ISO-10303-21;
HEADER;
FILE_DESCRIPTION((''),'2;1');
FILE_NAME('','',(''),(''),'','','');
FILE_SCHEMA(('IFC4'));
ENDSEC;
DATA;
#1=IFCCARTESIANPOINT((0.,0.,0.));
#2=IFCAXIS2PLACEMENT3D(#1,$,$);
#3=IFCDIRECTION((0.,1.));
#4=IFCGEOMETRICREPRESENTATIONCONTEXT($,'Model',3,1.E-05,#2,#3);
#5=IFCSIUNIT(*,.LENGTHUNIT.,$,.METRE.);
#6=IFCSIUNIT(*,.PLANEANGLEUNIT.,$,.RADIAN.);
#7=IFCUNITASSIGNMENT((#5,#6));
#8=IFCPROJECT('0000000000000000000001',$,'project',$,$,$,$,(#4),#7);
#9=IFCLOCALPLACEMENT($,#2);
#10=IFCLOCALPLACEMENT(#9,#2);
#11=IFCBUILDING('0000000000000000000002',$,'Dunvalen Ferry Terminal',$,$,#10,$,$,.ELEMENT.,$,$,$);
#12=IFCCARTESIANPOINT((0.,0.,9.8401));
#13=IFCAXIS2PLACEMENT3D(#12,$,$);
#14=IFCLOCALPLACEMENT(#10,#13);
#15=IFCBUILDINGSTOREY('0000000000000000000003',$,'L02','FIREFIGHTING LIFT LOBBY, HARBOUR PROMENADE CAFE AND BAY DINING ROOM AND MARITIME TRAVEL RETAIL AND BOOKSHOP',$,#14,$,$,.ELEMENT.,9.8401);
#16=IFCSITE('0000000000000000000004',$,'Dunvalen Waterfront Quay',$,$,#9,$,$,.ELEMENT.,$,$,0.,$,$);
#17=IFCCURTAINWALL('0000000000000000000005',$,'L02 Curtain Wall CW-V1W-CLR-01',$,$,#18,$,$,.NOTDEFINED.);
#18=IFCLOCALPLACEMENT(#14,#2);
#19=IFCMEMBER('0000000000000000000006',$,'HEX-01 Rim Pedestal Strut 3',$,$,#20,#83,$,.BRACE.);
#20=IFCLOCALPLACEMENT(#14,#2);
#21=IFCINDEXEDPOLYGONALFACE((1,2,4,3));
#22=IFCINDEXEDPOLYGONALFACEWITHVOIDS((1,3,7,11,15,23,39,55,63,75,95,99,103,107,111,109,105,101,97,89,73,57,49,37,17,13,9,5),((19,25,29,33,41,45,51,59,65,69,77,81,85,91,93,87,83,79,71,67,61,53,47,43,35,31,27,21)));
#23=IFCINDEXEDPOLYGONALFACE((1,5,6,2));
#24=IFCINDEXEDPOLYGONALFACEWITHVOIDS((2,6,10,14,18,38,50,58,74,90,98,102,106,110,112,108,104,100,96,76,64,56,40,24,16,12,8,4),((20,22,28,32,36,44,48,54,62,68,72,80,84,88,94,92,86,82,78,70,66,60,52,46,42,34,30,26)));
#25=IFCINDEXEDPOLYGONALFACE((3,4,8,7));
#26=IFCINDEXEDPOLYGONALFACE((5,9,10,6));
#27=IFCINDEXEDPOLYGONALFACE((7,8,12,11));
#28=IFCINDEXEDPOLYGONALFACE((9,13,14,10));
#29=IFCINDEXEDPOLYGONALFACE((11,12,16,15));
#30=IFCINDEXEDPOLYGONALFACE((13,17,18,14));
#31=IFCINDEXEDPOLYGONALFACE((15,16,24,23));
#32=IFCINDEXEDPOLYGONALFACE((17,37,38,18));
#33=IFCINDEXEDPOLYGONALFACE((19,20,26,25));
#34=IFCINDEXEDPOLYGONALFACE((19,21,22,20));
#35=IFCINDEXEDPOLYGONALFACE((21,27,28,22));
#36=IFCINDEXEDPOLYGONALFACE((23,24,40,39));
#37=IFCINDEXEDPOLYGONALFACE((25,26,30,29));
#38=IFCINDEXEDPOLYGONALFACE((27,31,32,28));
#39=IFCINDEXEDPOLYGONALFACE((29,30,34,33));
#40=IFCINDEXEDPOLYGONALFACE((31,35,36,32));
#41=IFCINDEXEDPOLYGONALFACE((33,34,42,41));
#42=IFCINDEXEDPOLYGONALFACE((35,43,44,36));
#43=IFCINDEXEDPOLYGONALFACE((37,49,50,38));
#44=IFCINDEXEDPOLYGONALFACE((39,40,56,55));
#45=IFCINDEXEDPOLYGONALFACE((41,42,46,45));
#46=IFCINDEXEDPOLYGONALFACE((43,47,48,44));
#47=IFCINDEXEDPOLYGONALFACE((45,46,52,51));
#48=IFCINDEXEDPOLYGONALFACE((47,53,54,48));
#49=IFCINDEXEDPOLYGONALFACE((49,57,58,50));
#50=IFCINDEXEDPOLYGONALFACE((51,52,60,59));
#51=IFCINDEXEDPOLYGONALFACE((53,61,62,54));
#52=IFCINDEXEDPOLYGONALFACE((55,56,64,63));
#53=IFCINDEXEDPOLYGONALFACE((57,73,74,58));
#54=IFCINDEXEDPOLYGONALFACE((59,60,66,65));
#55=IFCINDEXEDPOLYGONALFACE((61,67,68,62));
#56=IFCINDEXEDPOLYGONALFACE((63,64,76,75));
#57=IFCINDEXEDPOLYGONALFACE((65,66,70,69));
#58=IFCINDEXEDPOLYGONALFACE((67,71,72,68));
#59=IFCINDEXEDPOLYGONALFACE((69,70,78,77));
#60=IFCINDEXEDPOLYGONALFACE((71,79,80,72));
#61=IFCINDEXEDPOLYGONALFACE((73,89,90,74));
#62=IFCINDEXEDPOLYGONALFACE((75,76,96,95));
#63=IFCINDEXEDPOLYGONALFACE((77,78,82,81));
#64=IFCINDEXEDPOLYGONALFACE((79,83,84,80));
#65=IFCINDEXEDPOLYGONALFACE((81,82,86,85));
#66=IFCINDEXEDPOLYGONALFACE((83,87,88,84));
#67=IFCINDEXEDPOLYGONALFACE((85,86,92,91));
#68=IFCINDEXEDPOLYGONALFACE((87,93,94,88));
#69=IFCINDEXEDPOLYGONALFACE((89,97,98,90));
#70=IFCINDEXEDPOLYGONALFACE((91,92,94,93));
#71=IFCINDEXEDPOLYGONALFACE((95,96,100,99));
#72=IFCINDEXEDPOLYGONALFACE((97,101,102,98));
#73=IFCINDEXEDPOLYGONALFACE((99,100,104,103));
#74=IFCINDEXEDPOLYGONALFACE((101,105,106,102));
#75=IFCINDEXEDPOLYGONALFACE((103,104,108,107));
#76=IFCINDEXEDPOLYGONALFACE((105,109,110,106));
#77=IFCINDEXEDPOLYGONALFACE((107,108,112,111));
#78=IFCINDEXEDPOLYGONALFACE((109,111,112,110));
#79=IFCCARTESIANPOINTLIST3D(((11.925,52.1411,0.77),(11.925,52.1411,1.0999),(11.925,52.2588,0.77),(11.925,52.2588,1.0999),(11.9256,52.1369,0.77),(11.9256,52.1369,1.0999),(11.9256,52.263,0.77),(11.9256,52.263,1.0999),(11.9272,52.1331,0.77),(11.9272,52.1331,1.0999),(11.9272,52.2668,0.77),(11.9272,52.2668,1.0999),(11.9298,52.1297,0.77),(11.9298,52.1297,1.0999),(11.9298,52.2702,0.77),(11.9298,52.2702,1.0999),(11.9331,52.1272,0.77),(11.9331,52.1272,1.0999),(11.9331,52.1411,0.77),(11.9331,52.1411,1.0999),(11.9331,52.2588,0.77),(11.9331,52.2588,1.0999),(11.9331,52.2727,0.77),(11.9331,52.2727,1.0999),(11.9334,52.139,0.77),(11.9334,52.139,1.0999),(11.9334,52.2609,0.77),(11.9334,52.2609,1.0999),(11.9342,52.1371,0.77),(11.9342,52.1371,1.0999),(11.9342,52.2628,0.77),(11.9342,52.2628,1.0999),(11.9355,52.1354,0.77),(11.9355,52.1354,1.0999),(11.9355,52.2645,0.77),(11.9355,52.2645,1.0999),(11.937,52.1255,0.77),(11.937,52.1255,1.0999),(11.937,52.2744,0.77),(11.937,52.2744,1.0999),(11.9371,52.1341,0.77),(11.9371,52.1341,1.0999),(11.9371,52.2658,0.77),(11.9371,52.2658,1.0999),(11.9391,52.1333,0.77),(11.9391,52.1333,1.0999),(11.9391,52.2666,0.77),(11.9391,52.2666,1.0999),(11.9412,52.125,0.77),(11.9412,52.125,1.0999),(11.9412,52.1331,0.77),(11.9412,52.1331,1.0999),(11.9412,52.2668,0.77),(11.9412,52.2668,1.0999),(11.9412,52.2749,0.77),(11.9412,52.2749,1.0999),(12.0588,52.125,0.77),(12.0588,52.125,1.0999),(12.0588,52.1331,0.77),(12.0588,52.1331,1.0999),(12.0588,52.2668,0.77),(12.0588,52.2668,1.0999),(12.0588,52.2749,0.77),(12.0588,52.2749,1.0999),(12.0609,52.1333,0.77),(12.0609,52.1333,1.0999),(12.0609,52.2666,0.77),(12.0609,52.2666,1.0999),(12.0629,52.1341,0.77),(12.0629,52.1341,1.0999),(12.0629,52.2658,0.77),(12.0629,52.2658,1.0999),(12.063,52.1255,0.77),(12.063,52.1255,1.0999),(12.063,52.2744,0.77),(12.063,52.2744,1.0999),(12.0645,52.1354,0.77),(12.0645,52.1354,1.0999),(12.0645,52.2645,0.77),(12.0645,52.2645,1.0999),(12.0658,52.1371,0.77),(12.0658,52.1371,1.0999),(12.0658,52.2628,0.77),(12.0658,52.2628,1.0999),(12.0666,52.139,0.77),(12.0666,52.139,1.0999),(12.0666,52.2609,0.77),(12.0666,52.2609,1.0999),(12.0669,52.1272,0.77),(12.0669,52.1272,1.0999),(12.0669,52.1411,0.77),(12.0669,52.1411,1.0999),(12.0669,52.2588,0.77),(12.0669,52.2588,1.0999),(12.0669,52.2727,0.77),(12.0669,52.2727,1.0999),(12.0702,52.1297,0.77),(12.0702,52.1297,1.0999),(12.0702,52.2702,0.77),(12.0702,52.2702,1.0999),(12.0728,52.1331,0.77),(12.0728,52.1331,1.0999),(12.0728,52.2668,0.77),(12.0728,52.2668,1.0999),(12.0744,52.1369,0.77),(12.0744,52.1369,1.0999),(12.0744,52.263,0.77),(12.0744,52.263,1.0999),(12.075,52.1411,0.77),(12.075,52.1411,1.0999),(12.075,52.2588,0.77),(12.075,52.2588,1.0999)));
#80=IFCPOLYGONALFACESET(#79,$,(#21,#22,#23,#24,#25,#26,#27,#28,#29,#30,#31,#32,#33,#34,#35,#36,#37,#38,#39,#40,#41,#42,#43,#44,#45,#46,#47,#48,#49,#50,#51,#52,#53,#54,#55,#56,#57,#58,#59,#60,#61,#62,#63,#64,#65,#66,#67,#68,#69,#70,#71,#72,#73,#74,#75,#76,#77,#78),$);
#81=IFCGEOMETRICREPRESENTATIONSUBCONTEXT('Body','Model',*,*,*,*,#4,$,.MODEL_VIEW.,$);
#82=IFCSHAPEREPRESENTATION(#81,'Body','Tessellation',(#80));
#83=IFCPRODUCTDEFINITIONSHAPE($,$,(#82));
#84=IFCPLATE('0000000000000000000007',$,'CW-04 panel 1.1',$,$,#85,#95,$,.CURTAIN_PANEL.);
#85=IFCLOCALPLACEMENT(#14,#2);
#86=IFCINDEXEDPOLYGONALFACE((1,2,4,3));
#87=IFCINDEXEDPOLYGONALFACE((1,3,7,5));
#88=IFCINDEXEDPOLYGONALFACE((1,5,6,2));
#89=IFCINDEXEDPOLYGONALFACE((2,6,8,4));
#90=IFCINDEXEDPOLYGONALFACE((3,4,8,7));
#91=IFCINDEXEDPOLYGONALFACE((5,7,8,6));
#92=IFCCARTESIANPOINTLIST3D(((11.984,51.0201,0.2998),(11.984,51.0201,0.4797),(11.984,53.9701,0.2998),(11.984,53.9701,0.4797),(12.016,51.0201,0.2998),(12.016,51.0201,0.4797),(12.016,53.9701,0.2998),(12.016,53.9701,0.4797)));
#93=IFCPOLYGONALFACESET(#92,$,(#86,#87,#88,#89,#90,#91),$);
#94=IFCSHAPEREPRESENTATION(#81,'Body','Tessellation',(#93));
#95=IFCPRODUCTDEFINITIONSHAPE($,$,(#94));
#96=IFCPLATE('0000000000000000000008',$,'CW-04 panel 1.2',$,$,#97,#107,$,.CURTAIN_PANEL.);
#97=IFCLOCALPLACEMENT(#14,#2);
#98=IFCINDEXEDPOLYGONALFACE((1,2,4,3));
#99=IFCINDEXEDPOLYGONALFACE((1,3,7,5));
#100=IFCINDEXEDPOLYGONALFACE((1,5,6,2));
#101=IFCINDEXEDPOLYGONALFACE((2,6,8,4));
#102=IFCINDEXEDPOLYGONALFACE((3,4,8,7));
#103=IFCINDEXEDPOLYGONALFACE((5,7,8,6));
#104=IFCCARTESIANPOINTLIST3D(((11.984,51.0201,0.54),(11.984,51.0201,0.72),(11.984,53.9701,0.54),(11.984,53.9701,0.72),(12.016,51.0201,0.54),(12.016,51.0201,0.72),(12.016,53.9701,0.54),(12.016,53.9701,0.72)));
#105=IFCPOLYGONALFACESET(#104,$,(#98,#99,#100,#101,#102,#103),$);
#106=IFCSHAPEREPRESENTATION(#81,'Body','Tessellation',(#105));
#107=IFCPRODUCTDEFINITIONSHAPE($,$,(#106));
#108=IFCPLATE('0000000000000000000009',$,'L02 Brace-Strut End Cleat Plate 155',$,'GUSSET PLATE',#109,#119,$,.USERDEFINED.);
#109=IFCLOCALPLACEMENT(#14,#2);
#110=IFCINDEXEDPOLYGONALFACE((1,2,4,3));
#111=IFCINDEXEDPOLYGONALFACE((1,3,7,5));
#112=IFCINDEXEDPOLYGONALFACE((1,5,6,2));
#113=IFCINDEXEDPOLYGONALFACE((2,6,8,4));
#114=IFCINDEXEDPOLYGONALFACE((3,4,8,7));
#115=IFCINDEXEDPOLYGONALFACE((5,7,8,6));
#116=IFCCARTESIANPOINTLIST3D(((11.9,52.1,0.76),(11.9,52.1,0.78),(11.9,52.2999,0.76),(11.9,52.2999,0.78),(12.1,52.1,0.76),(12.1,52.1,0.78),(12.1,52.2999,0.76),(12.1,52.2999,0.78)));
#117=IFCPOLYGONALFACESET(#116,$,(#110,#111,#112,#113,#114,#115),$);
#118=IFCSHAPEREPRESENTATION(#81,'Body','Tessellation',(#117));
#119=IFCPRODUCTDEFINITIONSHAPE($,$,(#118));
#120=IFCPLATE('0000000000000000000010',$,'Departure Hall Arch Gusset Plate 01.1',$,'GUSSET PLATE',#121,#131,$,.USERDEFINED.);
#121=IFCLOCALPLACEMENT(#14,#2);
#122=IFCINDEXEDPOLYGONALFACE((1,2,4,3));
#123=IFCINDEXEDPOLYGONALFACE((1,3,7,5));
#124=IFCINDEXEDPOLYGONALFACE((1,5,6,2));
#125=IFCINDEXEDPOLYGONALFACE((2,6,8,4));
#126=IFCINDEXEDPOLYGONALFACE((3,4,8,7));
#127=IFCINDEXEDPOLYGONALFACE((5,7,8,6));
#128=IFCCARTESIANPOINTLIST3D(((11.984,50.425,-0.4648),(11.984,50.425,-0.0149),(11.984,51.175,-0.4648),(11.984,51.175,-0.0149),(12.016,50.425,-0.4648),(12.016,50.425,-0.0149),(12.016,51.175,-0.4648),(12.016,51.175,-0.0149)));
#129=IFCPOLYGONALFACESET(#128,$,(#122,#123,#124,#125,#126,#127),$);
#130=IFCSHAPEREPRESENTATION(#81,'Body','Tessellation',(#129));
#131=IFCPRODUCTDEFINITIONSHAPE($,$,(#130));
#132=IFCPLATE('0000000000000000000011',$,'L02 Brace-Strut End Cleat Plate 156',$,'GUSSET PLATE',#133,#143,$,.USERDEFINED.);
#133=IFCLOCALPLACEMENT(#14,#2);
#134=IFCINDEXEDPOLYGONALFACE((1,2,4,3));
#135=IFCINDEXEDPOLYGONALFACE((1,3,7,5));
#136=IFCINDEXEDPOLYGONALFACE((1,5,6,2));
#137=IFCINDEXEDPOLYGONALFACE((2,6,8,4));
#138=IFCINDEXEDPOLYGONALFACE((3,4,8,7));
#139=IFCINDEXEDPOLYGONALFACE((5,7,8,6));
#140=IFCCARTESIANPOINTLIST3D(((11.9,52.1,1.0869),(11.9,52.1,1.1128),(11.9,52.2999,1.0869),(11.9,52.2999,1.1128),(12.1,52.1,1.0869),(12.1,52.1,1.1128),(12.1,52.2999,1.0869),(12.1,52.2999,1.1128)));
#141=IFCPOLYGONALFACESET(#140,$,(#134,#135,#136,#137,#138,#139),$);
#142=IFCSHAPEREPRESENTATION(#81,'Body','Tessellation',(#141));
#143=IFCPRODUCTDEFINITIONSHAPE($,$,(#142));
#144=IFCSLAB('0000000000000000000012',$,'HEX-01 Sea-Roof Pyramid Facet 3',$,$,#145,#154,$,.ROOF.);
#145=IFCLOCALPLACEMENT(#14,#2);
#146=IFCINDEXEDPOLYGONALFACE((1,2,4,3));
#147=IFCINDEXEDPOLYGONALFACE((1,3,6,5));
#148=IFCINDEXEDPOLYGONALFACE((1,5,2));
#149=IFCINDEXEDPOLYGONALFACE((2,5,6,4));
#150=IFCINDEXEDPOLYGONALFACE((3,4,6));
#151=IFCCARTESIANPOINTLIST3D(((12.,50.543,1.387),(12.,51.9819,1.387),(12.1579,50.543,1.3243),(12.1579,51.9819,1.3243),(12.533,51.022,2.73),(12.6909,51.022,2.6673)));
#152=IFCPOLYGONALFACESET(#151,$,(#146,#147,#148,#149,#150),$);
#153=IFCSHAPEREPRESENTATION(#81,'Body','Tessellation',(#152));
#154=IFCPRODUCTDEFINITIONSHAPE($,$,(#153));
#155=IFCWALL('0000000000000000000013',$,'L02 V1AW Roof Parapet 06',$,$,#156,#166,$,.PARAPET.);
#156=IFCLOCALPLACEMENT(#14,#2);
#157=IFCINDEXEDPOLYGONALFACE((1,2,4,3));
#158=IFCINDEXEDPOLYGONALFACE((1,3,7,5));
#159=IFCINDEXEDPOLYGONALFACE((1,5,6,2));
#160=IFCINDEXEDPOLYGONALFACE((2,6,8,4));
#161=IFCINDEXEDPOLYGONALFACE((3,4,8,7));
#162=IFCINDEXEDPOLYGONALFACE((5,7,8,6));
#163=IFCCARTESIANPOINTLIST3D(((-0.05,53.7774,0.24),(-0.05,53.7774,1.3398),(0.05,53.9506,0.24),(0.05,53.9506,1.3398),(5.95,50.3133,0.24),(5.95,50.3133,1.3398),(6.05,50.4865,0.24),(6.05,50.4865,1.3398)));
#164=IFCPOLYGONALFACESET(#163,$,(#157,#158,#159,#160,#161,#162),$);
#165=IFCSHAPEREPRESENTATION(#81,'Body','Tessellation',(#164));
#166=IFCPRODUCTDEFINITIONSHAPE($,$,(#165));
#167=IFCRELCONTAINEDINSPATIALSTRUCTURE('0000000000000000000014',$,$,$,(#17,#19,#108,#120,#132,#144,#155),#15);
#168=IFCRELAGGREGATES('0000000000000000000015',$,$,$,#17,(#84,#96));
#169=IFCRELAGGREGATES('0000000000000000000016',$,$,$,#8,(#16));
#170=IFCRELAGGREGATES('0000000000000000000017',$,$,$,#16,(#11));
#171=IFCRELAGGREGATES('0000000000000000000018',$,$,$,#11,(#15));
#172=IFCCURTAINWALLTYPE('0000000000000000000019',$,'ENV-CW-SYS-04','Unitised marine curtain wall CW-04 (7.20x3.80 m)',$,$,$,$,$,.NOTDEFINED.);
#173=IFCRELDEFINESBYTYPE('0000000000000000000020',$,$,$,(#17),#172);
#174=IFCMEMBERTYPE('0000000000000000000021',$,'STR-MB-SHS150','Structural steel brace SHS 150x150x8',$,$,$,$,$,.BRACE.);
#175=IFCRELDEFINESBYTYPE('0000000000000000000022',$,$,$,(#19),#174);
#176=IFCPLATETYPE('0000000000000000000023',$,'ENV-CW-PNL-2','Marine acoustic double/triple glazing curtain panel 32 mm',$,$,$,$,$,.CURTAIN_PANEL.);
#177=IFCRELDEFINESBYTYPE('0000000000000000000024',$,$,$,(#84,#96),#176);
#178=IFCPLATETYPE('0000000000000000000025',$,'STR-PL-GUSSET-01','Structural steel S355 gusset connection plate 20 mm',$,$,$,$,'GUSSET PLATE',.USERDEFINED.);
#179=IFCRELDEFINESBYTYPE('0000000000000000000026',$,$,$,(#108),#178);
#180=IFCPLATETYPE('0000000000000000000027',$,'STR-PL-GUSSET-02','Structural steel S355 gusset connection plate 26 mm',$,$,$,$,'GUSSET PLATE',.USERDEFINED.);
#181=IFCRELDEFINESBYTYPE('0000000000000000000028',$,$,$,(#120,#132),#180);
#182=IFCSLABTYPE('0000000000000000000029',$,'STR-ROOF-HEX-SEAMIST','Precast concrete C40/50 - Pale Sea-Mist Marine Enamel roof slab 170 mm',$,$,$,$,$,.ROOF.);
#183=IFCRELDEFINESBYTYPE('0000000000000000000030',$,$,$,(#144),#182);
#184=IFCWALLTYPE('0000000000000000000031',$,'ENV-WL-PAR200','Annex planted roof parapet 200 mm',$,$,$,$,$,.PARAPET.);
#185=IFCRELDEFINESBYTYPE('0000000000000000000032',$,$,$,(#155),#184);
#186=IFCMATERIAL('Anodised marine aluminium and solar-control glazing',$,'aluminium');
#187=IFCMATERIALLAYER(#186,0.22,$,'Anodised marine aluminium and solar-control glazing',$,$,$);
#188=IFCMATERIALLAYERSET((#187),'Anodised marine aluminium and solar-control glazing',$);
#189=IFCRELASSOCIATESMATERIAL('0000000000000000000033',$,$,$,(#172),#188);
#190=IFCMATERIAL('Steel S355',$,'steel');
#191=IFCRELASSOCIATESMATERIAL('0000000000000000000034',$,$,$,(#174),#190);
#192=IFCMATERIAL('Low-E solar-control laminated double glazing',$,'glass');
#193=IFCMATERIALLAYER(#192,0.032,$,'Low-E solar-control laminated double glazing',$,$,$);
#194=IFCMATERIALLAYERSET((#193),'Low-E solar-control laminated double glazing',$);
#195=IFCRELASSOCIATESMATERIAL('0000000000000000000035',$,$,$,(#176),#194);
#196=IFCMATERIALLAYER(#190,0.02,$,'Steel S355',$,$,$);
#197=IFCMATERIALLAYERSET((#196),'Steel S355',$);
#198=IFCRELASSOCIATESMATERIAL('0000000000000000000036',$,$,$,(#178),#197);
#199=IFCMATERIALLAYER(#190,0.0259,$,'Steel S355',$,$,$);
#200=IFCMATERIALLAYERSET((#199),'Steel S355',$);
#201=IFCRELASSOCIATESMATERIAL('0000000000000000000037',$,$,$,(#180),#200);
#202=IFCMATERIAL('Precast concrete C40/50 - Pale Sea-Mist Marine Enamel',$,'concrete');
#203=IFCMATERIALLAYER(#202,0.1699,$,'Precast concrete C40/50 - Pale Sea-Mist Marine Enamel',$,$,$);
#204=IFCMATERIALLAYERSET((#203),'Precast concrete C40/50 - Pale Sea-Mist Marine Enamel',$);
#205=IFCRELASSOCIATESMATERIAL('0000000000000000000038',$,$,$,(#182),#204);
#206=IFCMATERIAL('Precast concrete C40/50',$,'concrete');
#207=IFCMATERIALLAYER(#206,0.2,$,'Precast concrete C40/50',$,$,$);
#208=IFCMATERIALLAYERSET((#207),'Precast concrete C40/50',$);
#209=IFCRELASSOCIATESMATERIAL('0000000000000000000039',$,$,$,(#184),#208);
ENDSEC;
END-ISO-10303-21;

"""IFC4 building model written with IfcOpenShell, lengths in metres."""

from ifc_helpers import new_model, si_unit, direction, frame, frame_2d, origin, origin_2d, place, context, subcontext, project, spatial, polyline, rectangle, hollow_rectangle, outline, extrude, material, layer, layer_set, material_profile, profile_set, type_object, element, aggregate, save


model = new_model("IFC4")

# Units and contexts
model_context = context("Model", 3, precision=1e-05, world=origin(), true_north=direction((0.0, 1.0)))
body_context = subcontext(model_context, "Body", "Model", "MODEL_VIEW")
ifc_project = project(units=[si_unit("LENGTHUNIT", "METRE"), si_unit("PLANEANGLEUNIT", "RADIAN")], contexts=[model_context])

# Site, building, storey
site_placement = place(None, origin())
site = spatial("IfcSite", under=ifc_project, at=site_placement, Name="Dunvalen Waterfront Quay", CompositionType="ELEMENT", RefElevation=0.0)
building_placement = place(site_placement, origin())
building = spatial("IfcBuilding", under=site, at=building_placement, Name="Dunvalen Ferry Terminal", CompositionType="ELEMENT")
storey_placement = place(building_placement, frame((0.0, 0.0, 9.8401)))
storey = spatial("IfcBuildingStorey", under=building, at=storey_placement, Name="L02", Description="FIREFIGHTING LIFT LOBBY, HARBOUR PROMENADE CAFE AND BAY DINING ROOM AND MARITIME TRAVEL RETAIL AND BOOKSHOP", CompositionType="ELEMENT", Elevation=9.8401)

# Curtain wall
ifc_material_1 = material(Name="Anodised marine aluminium and solar-control glazing", Category="aluminium")
ifc_layer_1 = layer(ifc_material_1, 0.22, Name="Anodised marine aluminium and solar-control glazing")
ifc_layer_set_1 = layer_set([ifc_layer_1], Name="Anodised marine aluminium and solar-control glazing")
curtain_wall_type = type_object("IfcCurtainWallType", Name="ENV-CW-SYS-04", Description="Unitised marine curtain wall CW-04 (7.20x3.80 m)", PredefinedType="NOTDEFINED", material=ifc_layer_set_1)
curtain_wall_placement = place(storey_placement, origin())
curtain_wall = element("IfcCurtainWall", 1, at=curtain_wall_placement, inside=storey, type_object=curtain_wall_type, Name="L02 Curtain Wall CW-V1W-CLR-01", PredefinedType="NOTDEFINED")

# Shared definitions
ifc_material_2 = material(Name="Steel S355", Category="steel")

# Member
ifc_material_profile_1 = material_profile(ifc_material_2, hollow_rectangle(XDim=0.1499, YDim=0.1499, WallThickness=0.0081, InnerFilletRadius=0.0081, OuterFilletRadius=0.0161, at=origin_2d()), Name="Steel S355")
ifc_profile_set_1 = profile_set([ifc_material_profile_1], Name="Steel S355")
member_type_1 = type_object("IfcMemberType", Name="STR-MB-SHS150", Description="Structural steel brace SHS 150x150x8", PredefinedType="BRACE", material=ifc_profile_set_1)
member_1_placement = place(storey_placement, frame((12.0, 52.2, 0.77), z_axis=(0.0, 0.0, 1.0), x_axis=(1.0, 0.0, 0.0)))
element("IfcMember", 2, at=member_1_placement, inside=storey, type_object=member_type_1, Name="HEX-01 Rim Pedestal Strut 3", PredefinedType="BRACE", context=body_context, shape_type="SweptSolid", body=[
    extrude(hollow_rectangle(XDim=0.1499, YDim=0.1499, WallThickness=0.0081, InnerFilletRadius=0.0081, OuterFilletRadius=0.0161, at=origin_2d()), origin(), (0.0, 0.0, 1.0), 0.3298),
])

# Plates
ifc_material_3 = material(Name="Low-E solar-control laminated double glazing", Category="glass")
ifc_layer_2 = layer(ifc_material_3, 0.032, Name="Low-E solar-control laminated double glazing")
ifc_layer_set_2 = layer_set([ifc_layer_2], Name="Low-E solar-control laminated double glazing")
plate_type_1 = type_object("IfcPlateType", Name="ENV-CW-PNL-2", Description="Marine acoustic double/triple glazing curtain panel 32 mm", PredefinedType="CURTAIN_PANEL", material=ifc_layer_set_2)
plate_1_placement = place(storey_placement, frame((12.0, 52.4951, 0.2998), z_axis=(0.0, 0.0, 1.0), x_axis=(0.0, 1.0, 0.0)))
plate_1 = element("IfcPlate", 3, at=plate_1_placement, type_object=plate_type_1, Name="CW-04 panel 1.1", PredefinedType="CURTAIN_PANEL", context=body_context, shape_type="SweptSolid", body=[
    extrude(rectangle(XDim=2.95, YDim=0.032, at=origin_2d()), origin(), (0.0, 0.0, 1.0), 0.1799),
])
plate_2_placement = place(storey_placement, frame((12.0, 52.4951, 0.54), z_axis=(0.0, 0.0, 1.0), x_axis=(0.0, 1.0, 0.0)))
plate_2 = element("IfcPlate", 4, at=plate_2_placement, type_object=plate_type_1, Name="CW-04 panel 1.2", PredefinedType="CURTAIN_PANEL", context=body_context, shape_type="SweptSolid", body=[
    extrude(rectangle(XDim=2.95, YDim=0.032, at=origin_2d()), origin(), (0.0, 0.0, 1.0), 0.1799),
])
aggregate(curtain_wall, [plate_1, plate_2])

# Plates
ifc_layer_3 = layer(ifc_material_2, 0.02, Name="Steel S355")
ifc_layer_set_3 = layer_set([ifc_layer_3], Name="Steel S355")
plate_type_2 = type_object("IfcPlateType", Name="STR-PL-GUSSET-01", Description="Structural steel S355 gusset connection plate 20 mm", ElementType="GUSSET PLATE", PredefinedType="USERDEFINED", material=ifc_layer_set_3)
plate_3_placement = place(storey_placement, frame((12.0, 52.2, 0.76), z_axis=(0.0, 0.0, 1.0), x_axis=(1.0, 0.0, 0.0)))
element("IfcPlate", 5, at=plate_3_placement, inside=storey, type_object=plate_type_2, Name="L02 Brace-Strut End Cleat Plate 155", ObjectType="GUSSET PLATE", PredefinedType="USERDEFINED", context=body_context, shape_type="SweptSolid", body=[
    extrude(rectangle(XDim=0.2, YDim=0.2, at=origin_2d()), origin(), (0.0, 0.0, 1.0), 0.02),
])
ifc_layer_4 = layer(ifc_material_2, 0.0259, Name="Steel S355")
ifc_layer_set_4 = layer_set([ifc_layer_4], Name="Steel S355")
plate_type_3 = type_object("IfcPlateType", Name="STR-PL-GUSSET-02", Description="Structural steel S355 gusset connection plate 26 mm", ElementType="GUSSET PLATE", PredefinedType="USERDEFINED", material=ifc_layer_set_4)
plate_4_placement = place(storey_placement, frame((12.0, 50.8, -0.4648), z_axis=(0.0, 0.0, 1.0), x_axis=(1.0, 0.0, 0.0)))
element("IfcPlate", 6, at=plate_4_placement, inside=storey, type_object=plate_type_3, Name="Departure Hall Arch Gusset Plate 01.1", ObjectType="GUSSET PLATE", PredefinedType="USERDEFINED", context=body_context, shape_type="SweptSolid", body=[
    extrude(rectangle(XDim=0.032, YDim=0.75, at=origin_2d()), origin(), (0.0, 0.0, 1.0), 0.45),
])
plate_5_placement = place(storey_placement, frame((12.0, 52.2, 1.0869), z_axis=(0.0, 0.0, 1.0), x_axis=(1.0, 0.0, 0.0)))
element("IfcPlate", 7, at=plate_5_placement, inside=storey, type_object=plate_type_3, Name="L02 Brace-Strut End Cleat Plate 156", ObjectType="GUSSET PLATE", PredefinedType="USERDEFINED", context=body_context, shape_type="SweptSolid", body=[
    extrude(rectangle(XDim=0.2, YDim=0.2, at=origin_2d()), origin(), (0.0, 0.0, 1.0), 0.0259),
])

# Slab
ifc_material_4 = material(Name="Precast concrete C40/50 - Pale Sea-Mist Marine Enamel", Category="concrete")
ifc_layer_5 = layer(ifc_material_4, 0.1699, Name="Precast concrete C40/50 - Pale Sea-Mist Marine Enamel")
ifc_layer_set_5 = layer_set([ifc_layer_5], Name="Precast concrete C40/50 - Pale Sea-Mist Marine Enamel")
slab_type = type_object("IfcSlabType", Name="STR-ROOF-HEX-SEAMIST", Description="Precast concrete C40/50 - Pale Sea-Mist Marine Enamel roof slab 170 mm", PredefinedType="ROOF", material=ifc_layer_set_5)
slab_placement = place(storey_placement, frame((12.0, 51.9819, 1.387), z_axis=(-0.929487, 0.0, 0.368855), x_axis=(0.0, -1.0, 0.0)))
element("IfcSlab", 8, at=slab_placement, inside=storey, type_object=slab_type, Name="HEX-01 Sea-Roof Pyramid Facet 3", PredefinedType="ROOF", context=body_context, shape_type="SweptSolid", body=[
    extrude(outline(polyline([(0.0, 0.0), (1.439, 0.0), (0.96, 1.4449), (0.0, 0.0)])), origin(), (0.0, 0.0, -1.0), 0.1699),
])

# Wall
ifc_material_5 = material(Name="Precast concrete C40/50", Category="concrete")
ifc_layer_6 = layer(ifc_material_5, 0.2, Name="Precast concrete C40/50")
ifc_layer_set_6 = layer_set([ifc_layer_6], Name="Precast concrete C40/50")
wall_type = type_object("IfcWallType", Name="ENV-WL-PAR200", Description="Annex planted roof parapet 200 mm", PredefinedType="PARAPET", material=ifc_layer_set_6)
wall_placement = place(storey_placement, frame((0.0, 53.864, 0.24), z_axis=(0.0, 0.0, 1.0), x_axis=(0.866025, -0.500001, 0.0)))
element("IfcWall", 9, at=wall_placement, inside=storey, type_object=wall_type, Name="L02 V1AW Roof Parapet 06", PredefinedType="PARAPET", context=body_context, shape_type="SweptSolid", body=[
    extrude(rectangle(XDim=6.9282, YDim=0.2, at=frame_2d((3.4641, 0.0))), origin(), (0.0, 0.0, 1.0), 1.0999),
])

save(model, "model.ifc")
